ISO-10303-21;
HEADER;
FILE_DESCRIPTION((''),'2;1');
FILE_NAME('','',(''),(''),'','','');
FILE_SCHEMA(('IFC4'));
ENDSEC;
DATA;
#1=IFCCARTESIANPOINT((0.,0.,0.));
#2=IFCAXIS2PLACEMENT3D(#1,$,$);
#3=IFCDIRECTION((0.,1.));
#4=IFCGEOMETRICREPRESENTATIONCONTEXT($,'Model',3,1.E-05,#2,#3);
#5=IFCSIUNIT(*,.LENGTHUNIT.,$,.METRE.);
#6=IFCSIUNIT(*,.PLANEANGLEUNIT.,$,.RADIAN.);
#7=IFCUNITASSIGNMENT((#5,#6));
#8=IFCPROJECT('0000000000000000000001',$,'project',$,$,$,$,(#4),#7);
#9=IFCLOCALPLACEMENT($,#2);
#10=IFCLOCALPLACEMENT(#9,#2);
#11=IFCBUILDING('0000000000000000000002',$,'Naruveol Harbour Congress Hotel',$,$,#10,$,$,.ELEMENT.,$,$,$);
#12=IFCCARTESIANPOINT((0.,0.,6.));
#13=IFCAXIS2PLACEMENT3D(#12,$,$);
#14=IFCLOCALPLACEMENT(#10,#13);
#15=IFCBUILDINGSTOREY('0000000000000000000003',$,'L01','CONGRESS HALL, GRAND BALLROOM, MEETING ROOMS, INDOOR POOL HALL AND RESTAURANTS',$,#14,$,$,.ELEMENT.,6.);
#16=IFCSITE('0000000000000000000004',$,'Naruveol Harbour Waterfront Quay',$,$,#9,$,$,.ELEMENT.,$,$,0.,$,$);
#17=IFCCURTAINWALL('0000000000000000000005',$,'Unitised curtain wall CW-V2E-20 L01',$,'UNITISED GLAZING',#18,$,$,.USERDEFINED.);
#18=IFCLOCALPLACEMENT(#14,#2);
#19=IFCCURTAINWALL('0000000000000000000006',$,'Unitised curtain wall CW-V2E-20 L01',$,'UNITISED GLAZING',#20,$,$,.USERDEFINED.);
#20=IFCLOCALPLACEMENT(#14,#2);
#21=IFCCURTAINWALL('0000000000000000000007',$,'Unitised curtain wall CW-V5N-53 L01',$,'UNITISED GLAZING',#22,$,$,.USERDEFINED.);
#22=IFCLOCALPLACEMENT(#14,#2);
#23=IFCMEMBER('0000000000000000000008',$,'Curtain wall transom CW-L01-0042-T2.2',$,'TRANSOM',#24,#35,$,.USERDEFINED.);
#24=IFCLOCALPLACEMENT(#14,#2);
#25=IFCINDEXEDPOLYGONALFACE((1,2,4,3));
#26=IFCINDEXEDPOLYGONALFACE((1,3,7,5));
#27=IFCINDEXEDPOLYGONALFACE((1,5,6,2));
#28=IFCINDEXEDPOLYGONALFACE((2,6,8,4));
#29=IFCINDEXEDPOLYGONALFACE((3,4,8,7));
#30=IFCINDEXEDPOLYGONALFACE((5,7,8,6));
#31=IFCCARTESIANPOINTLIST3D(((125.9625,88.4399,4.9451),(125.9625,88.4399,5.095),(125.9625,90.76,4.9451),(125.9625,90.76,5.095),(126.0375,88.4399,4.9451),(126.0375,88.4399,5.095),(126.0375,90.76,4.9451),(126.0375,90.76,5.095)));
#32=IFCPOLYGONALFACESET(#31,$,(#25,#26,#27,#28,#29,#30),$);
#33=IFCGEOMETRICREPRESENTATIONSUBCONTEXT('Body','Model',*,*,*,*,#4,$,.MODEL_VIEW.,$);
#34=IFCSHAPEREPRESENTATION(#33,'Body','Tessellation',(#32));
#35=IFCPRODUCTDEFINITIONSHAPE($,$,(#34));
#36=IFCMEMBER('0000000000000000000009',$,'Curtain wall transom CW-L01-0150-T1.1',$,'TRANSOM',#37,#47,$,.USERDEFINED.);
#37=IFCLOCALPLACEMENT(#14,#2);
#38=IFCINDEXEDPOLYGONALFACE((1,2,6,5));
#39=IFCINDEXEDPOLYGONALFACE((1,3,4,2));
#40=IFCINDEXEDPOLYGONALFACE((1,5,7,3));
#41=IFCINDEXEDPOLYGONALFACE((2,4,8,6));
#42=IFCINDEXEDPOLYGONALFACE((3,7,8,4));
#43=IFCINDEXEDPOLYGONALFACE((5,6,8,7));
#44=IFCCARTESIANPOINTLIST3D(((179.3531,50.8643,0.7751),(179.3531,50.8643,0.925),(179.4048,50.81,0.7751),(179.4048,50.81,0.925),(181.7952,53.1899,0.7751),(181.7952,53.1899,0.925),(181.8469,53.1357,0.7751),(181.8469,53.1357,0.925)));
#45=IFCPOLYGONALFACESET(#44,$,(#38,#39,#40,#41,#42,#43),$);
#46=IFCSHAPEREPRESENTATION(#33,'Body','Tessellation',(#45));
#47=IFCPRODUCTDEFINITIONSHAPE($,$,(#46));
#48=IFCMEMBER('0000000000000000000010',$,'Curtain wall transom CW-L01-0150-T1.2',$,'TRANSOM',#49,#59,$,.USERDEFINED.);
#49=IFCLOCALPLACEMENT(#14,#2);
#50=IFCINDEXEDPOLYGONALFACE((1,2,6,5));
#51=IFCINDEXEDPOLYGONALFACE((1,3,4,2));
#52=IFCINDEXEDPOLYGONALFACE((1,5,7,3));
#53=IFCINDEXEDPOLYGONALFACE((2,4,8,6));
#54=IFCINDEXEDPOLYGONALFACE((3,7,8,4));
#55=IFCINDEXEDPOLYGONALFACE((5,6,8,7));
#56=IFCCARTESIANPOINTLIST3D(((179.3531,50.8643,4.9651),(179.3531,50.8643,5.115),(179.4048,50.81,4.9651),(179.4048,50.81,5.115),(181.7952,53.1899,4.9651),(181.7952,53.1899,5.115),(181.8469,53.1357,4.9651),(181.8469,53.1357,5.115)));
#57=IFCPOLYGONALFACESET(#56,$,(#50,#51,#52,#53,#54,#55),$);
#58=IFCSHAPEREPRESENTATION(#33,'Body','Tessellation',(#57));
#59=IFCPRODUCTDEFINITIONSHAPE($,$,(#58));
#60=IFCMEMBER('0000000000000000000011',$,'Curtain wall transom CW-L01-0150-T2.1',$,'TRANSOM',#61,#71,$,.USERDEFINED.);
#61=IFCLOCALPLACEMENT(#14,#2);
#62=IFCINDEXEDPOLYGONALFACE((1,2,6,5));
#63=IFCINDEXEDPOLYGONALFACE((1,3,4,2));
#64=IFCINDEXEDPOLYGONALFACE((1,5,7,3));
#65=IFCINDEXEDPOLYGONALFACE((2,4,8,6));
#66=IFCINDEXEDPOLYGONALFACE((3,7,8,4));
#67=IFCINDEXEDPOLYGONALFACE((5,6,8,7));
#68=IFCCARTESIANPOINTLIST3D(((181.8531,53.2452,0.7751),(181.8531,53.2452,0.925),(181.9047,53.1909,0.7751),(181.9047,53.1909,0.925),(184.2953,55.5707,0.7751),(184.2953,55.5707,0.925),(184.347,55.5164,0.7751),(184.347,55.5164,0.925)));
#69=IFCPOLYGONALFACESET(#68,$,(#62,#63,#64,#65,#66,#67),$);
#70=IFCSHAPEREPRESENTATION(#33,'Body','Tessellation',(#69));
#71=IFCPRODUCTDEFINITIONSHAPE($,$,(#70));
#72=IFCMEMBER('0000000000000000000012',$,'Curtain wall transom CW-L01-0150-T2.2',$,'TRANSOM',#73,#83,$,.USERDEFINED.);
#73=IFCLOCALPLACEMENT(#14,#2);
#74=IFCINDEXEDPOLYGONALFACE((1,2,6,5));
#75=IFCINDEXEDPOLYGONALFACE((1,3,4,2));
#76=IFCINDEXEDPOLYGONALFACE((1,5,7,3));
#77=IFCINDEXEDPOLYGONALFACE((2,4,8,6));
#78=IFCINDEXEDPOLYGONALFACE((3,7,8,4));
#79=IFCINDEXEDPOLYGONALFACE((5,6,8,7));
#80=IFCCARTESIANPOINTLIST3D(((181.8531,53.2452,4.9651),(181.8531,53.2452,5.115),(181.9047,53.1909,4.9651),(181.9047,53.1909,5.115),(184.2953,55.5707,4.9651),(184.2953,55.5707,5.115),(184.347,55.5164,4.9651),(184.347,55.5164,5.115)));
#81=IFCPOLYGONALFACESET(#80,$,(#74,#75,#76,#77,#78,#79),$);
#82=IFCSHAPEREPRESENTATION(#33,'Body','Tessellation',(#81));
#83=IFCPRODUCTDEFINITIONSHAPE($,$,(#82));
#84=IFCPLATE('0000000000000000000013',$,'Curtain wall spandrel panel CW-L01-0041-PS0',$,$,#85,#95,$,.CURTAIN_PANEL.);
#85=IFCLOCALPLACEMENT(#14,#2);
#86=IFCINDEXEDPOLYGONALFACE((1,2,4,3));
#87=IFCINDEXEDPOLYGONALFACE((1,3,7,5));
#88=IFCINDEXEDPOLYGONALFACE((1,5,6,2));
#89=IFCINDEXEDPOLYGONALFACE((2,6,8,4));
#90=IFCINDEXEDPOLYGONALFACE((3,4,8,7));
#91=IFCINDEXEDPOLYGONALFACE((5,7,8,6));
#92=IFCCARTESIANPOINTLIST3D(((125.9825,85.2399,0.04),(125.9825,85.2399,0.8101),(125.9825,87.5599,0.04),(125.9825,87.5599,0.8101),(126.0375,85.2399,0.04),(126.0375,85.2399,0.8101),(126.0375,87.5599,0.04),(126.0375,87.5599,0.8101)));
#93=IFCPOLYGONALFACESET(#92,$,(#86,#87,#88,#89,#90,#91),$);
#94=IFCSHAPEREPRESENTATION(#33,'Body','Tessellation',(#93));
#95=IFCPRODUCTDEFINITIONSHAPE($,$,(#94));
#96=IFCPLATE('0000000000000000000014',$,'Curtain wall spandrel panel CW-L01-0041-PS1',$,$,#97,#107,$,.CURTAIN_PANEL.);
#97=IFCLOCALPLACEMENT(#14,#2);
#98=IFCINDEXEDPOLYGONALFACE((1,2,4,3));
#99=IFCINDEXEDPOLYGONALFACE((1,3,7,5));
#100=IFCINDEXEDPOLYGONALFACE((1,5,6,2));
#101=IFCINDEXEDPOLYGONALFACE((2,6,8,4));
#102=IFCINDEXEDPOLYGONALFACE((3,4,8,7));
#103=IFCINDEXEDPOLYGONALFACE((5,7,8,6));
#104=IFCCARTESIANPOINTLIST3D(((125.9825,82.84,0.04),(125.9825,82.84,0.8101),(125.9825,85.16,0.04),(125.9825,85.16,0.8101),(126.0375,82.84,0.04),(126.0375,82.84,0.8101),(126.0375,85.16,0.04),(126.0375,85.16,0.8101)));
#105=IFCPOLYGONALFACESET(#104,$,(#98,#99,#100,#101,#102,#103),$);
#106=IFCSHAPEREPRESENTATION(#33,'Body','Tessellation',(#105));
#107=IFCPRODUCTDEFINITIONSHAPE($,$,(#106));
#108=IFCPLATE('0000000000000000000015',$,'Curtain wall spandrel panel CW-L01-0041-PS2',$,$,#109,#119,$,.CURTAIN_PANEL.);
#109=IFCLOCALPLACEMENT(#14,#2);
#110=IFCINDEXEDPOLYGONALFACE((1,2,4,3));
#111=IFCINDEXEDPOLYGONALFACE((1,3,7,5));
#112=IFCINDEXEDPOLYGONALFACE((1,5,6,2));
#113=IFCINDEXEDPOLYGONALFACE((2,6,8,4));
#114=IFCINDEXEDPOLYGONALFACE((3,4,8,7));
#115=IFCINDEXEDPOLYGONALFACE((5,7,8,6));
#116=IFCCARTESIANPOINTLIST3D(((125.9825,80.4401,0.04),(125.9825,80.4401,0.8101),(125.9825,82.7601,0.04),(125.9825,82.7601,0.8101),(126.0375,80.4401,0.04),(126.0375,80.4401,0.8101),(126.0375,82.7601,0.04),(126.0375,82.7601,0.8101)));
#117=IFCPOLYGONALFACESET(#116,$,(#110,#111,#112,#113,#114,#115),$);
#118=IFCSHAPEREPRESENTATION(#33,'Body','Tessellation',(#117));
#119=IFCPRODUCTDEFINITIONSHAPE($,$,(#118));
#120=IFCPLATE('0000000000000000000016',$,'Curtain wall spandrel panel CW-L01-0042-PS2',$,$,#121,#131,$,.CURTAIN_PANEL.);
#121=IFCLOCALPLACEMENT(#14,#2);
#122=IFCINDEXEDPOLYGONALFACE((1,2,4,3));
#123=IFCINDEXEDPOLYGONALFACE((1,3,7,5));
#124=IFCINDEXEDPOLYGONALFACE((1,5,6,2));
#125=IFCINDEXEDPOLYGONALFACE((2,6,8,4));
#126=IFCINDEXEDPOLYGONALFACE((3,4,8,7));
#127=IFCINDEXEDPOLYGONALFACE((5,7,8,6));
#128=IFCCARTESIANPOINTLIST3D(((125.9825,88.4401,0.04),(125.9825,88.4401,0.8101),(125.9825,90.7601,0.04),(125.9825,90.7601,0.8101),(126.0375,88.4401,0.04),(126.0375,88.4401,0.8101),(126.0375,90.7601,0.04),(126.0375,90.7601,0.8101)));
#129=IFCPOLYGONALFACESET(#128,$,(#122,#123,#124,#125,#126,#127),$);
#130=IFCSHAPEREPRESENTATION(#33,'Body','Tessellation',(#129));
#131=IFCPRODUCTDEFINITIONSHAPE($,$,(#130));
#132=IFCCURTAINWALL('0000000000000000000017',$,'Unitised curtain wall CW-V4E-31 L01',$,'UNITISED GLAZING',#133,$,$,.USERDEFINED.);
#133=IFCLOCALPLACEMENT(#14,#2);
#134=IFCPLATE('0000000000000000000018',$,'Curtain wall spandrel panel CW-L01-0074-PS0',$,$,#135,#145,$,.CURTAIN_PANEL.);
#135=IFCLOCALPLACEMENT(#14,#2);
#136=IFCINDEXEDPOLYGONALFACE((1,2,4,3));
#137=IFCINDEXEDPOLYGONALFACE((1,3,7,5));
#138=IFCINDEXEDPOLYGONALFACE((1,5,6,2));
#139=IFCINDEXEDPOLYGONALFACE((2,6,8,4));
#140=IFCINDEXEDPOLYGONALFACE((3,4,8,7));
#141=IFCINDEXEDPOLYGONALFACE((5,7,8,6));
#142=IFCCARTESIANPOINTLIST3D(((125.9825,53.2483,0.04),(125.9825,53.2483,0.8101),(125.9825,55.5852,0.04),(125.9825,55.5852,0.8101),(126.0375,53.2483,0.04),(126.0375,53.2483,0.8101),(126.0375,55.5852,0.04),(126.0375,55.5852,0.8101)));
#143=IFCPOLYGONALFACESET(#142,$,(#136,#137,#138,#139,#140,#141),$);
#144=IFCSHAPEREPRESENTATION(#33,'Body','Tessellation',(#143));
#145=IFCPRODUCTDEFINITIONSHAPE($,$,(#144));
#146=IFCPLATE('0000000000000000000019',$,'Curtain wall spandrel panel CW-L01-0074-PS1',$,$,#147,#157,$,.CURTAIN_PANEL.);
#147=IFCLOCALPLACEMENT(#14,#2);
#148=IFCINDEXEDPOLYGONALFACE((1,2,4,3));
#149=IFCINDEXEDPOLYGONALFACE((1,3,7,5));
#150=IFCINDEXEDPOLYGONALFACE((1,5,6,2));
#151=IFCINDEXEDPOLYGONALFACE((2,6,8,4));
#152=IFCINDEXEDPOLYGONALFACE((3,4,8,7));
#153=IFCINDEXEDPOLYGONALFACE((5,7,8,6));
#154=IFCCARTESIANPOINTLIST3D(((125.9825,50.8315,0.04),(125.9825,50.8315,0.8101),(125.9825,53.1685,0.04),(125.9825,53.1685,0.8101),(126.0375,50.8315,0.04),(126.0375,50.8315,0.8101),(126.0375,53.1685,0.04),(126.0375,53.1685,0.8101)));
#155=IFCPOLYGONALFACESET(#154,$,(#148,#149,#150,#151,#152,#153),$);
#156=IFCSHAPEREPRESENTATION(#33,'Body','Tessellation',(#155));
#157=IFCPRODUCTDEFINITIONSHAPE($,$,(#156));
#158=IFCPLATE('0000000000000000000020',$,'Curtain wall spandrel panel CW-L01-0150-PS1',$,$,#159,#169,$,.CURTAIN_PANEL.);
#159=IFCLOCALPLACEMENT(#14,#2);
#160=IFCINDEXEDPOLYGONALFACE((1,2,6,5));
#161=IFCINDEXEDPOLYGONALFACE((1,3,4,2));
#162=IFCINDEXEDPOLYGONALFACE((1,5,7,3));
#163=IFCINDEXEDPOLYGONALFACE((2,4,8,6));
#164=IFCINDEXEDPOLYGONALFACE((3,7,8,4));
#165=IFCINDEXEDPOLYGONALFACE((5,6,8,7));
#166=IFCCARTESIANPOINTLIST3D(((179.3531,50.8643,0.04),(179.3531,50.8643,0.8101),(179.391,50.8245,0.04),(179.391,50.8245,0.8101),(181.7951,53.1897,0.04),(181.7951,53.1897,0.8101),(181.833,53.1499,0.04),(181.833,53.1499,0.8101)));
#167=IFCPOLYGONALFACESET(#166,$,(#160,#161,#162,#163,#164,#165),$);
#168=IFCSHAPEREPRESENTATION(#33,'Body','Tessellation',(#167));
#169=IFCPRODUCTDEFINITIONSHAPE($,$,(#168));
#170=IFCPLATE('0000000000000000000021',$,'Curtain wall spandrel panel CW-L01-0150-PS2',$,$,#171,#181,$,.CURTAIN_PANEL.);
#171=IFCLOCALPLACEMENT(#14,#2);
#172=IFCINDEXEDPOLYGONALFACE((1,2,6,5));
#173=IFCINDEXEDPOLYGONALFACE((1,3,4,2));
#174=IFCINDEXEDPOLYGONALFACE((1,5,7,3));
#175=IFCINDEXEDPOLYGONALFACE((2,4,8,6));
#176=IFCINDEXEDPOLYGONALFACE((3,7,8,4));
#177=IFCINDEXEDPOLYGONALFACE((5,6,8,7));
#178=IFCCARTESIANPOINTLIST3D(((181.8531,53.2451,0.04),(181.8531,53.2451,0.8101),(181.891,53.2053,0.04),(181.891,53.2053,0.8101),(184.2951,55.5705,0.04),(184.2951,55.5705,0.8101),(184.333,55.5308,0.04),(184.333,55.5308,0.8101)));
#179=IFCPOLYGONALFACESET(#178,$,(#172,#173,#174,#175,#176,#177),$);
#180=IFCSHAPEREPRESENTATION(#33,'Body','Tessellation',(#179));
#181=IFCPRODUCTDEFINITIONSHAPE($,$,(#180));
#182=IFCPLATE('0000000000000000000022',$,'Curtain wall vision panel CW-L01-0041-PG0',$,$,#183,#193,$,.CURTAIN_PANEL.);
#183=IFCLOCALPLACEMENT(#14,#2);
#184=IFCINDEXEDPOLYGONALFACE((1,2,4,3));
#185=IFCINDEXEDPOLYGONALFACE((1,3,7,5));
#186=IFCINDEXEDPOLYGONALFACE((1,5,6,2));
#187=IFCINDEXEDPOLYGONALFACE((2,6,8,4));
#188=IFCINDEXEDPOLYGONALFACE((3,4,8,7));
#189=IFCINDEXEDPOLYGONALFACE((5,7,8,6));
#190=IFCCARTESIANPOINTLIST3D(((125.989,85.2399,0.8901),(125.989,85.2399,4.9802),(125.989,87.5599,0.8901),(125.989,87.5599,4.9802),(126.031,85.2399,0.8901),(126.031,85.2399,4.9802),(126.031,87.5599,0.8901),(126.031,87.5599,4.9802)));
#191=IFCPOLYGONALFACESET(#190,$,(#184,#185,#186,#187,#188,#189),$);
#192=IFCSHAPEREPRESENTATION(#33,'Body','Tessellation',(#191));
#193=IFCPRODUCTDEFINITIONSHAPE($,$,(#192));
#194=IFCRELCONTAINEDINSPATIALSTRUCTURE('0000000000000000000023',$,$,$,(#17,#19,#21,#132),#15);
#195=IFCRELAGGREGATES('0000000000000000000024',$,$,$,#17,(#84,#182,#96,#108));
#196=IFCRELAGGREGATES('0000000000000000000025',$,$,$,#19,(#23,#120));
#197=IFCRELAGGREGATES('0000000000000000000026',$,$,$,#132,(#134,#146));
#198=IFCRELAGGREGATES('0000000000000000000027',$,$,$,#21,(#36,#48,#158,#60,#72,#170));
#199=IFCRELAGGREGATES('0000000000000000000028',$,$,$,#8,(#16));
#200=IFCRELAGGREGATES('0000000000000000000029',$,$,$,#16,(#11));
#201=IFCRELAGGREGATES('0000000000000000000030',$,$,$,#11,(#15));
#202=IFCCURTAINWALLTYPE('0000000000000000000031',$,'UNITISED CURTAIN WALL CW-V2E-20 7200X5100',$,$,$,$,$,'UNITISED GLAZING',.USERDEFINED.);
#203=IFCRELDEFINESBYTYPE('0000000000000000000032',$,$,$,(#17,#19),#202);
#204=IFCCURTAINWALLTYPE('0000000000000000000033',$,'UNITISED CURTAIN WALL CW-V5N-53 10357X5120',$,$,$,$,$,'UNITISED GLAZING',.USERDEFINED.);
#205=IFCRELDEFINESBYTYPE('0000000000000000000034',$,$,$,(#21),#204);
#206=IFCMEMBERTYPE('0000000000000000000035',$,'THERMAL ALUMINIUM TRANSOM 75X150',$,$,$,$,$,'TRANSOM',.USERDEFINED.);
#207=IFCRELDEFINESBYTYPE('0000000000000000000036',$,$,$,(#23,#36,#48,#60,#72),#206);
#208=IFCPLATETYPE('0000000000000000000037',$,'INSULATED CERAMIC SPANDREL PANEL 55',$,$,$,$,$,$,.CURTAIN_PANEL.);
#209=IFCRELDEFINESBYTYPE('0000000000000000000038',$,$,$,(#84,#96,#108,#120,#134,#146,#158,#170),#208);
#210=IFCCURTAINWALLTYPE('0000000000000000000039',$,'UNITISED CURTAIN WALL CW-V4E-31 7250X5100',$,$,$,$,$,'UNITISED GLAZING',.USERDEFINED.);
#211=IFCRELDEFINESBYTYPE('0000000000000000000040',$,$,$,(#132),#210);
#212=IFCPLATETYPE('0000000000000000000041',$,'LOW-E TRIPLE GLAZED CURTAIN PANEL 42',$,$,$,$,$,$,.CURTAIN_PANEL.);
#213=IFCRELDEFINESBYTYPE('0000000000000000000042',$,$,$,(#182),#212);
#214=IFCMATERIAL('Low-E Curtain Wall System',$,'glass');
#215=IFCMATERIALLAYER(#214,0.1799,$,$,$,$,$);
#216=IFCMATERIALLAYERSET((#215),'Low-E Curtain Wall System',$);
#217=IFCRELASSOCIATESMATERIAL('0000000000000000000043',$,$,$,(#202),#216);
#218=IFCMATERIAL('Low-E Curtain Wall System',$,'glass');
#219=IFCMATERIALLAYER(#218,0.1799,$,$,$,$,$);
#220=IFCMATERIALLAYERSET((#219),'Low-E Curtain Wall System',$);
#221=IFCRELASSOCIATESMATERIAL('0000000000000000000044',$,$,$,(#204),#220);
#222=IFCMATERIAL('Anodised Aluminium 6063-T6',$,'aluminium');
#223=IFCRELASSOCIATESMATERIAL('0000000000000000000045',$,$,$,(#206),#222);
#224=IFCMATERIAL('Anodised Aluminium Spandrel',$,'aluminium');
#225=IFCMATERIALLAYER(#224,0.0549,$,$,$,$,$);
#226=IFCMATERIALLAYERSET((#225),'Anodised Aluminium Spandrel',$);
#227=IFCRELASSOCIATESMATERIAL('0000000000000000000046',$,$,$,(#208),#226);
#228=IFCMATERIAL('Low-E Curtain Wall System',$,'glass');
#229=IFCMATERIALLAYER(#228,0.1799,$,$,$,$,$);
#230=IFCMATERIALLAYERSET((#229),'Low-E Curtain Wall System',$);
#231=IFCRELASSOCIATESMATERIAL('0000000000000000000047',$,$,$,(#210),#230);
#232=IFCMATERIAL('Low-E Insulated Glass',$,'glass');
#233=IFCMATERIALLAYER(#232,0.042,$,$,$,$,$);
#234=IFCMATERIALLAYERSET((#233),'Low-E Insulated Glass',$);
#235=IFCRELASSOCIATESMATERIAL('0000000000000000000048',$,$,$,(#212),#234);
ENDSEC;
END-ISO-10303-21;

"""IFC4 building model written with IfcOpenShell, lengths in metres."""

from ifc_helpers import new_model, si_unit, direction, frame, origin, origin_2d, place, context, subcontext, project, spatial, rectangle, extrude, material, layer, layer_set, material_profile, profile_set, type_object, element, aggregate, save


model = new_model("IFC4")

# Units and contexts
model_context = context("Model", 3, precision=1e-05, world=origin(), true_north=direction((0.0, 1.0)))
body_context = subcontext(model_context, "Body", "Model", "MODEL_VIEW")
ifc_project = project(units=[si_unit("LENGTHUNIT", "METRE"), si_unit("PLANEANGLEUNIT", "RADIAN")], contexts=[model_context])

# Site, building, storey
site_placement = place(None, origin())
site = spatial("IfcSite", under=ifc_project, at=site_placement, Name="Naruveol Harbour Waterfront Quay", CompositionType="ELEMENT", RefElevation=0.0)
building_placement = place(site_placement, origin())
building = spatial("IfcBuilding", under=site, at=building_placement, Name="Naruveol Harbour Congress Hotel", CompositionType="ELEMENT")
storey_placement = place(building_placement, frame((0.0, 0.0, 6.0)))
storey = spatial("IfcBuildingStorey", under=building, at=storey_placement, Name="L01", Description="CONGRESS HALL, GRAND BALLROOM, MEETING ROOMS, INDOOR POOL HALL AND RESTAURANTS", CompositionType="ELEMENT", Elevation=6.0)

# Curtain walls
ifc_material_1 = material(Name="Low-E Curtain Wall System", Category="glass")
ifc_layer_1 = layer(ifc_material_1, 0.1799)
ifc_layer_set_1 = layer_set([ifc_layer_1], Name="Low-E Curtain Wall System")
curtain_wall_type_1 = type_object("IfcCurtainWallType", Name="UNITISED CURTAIN WALL CW-V2E-20 7200X5100", ElementType="UNITISED GLAZING", PredefinedType="USERDEFINED", material=ifc_layer_set_1)
curtain_wall_1_placement = place(storey_placement, origin())
curtain_wall_1 = element("IfcCurtainWall", 1, at=curtain_wall_1_placement, inside=storey, type_object=curtain_wall_type_1, Name="Unitised curtain wall CW-V2E-20 L01", ObjectType="UNITISED GLAZING", PredefinedType="USERDEFINED")
curtain_wall_2_placement = place(storey_placement, origin())
curtain_wall_2 = element("IfcCurtainWall", 2, at=curtain_wall_2_placement, inside=storey, type_object=curtain_wall_type_1, Name="Unitised curtain wall CW-V2E-20 L01", ObjectType="UNITISED GLAZING", PredefinedType="USERDEFINED")

# Curtain wall
ifc_material_2 = material(Name="Low-E Curtain Wall System", Category="glass")
ifc_layer_2 = layer(ifc_material_2, 0.1799)
ifc_layer_set_2 = layer_set([ifc_layer_2], Name="Low-E Curtain Wall System")
curtain_wall_type_2 = type_object("IfcCurtainWallType", Name="UNITISED CURTAIN WALL CW-V5N-53 10357X5120", ElementType="UNITISED GLAZING", PredefinedType="USERDEFINED", material=ifc_layer_set_2)
curtain_wall_3_placement = place(storey_placement, origin())
curtain_wall_3 = element("IfcCurtainWall", 3, at=curtain_wall_3_placement, inside=storey, type_object=curtain_wall_type_2, Name="Unitised curtain wall CW-V5N-53 L01", ObjectType="UNITISED GLAZING", PredefinedType="USERDEFINED")

# Members
ifc_material_3 = material(Name="Anodised Aluminium 6063-T6", Category="aluminium")
ifc_material_profile_1 = material_profile(ifc_material_3, rectangle(XDim=0.075, YDim=0.1499, at=origin_2d()), Name="ALU-75x150")
ifc_profile_set_1 = profile_set([ifc_material_profile_1], Name="Anodised Aluminium 6063-T6")
member_type_1 = type_object("IfcMemberType", Name="THERMAL ALUMINIUM TRANSOM 75X150", ElementType="TRANSOM", PredefinedType="USERDEFINED", material=ifc_profile_set_1)
member_1_placement = place(storey_placement, frame((126.0, 90.76, 5.02), z_axis=(0.0, -1.0, 0.0), x_axis=(1.0, 0.0, 0.0)))
member_1 = element("IfcMember", 4, at=member_1_placement, type_object=member_type_1, Name="Curtain wall transom CW-L01-0042-T2.2", ObjectType="TRANSOM", PredefinedType="USERDEFINED", context=body_context, shape_type="SweptSolid", body=[
    extrude(rectangle(XDim=0.075, YDim=0.1499, at=origin_2d()), origin(), (0.0, 0.0, 1.0), 2.3201),
])
member_2_placement = place(storey_placement, frame((179.3789, 50.8372, 0.8501), z_axis=(0.724162, 0.68963, 0.0), x_axis=(-0.68963, 0.724162, 0.0)))
member_2 = element("IfcMember", 5, at=member_2_placement, type_object=member_type_1, Name="Curtain wall transom CW-L01-0150-T1.1", ObjectType="TRANSOM", PredefinedType="USERDEFINED", context=body_context, shape_type="SweptSolid", body=[
    extrude(rectangle(XDim=0.075, YDim=0.1499, at=origin_2d()), origin(), (0.0, 0.0, 1.0), 3.3723),
])
member_3_placement = place(storey_placement, frame((179.3789, 50.8372, 5.04), z_axis=(0.724162, 0.68963, 0.0), x_axis=(-0.68963, 0.724162, 0.0)))
member_3 = element("IfcMember", 6, at=member_3_placement, type_object=member_type_1, Name="Curtain wall transom CW-L01-0150-T1.2", ObjectType="TRANSOM", PredefinedType="USERDEFINED", context=body_context, shape_type="SweptSolid", body=[
    extrude(rectangle(XDim=0.075, YDim=0.1499, at=origin_2d()), origin(), (0.0, 0.0, 1.0), 3.3723),
])
member_4_placement = place(storey_placement, frame((181.8789, 53.218, 0.8501), z_axis=(0.724198, 0.689592, 0.0), x_axis=(-0.689592, 0.724198, 0.0)))
member_4 = element("IfcMember", 7, at=member_4_placement, type_object=member_type_1, Name="Curtain wall transom CW-L01-0150-T2.1", ObjectType="TRANSOM", PredefinedType="USERDEFINED", context=body_context, shape_type="SweptSolid", body=[
    extrude(rectangle(XDim=0.075, YDim=0.1499, at=origin_2d()), origin(), (0.0, 0.0, 1.0), 3.3723),
])
member_5_placement = place(storey_placement, frame((181.8789, 53.218, 5.04), z_axis=(0.724198, 0.689592, 0.0), x_axis=(-0.689592, 0.724198, 0.0)))
member_5 = element("IfcMember", 8, at=member_5_placement, type_object=member_type_1, Name="Curtain wall transom CW-L01-0150-T2.2", ObjectType="TRANSOM", PredefinedType="USERDEFINED", context=body_context, shape_type="SweptSolid", body=[
    extrude(rectangle(XDim=0.075, YDim=0.1499, at=origin_2d()), origin(), (0.0, 0.0, 1.0), 3.3723),
])

# Plates
ifc_material_4 = material(Name="Anodised Aluminium Spandrel", Category="aluminium")
ifc_layer_3 = layer(ifc_material_4, 0.0549)
ifc_layer_set_3 = layer_set([ifc_layer_3], Name="Anodised Aluminium Spandrel")
plate_type_1 = type_object("IfcPlateType", Name="INSULATED CERAMIC SPANDREL PANEL 55", PredefinedType="CURTAIN_PANEL", material=ifc_layer_set_3)
plate_1_placement = place(storey_placement, frame((126.01, 86.3999, 0.04), z_axis=(0.0, 0.0, 1.0), x_axis=(0.0, -1.0, 0.0)))
plate_1 = element("IfcPlate", 9, at=plate_1_placement, type_object=plate_type_1, Name="Curtain wall spandrel panel CW-L01-0041-PS0", PredefinedType="CURTAIN_PANEL", context=body_context, shape_type="SweptSolid", body=[
    extrude(rectangle(XDim=2.3201, YDim=0.0549, at=origin_2d()), origin(), (0.0, 0.0, 1.0), 0.77),
])
plate_2_placement = place(storey_placement, frame((126.01, 84.0, 0.04), z_axis=(0.0, 0.0, 1.0), x_axis=(0.0, -1.0, 0.0)))
plate_2 = element("IfcPlate", 10, at=plate_2_placement, type_object=plate_type_1, Name="Curtain wall spandrel panel CW-L01-0041-PS1", PredefinedType="CURTAIN_PANEL", context=body_context, shape_type="SweptSolid", body=[
    extrude(rectangle(XDim=2.3201, YDim=0.0549, at=origin_2d()), origin(), (0.0, 0.0, 1.0), 0.77),
])
plate_3_placement = place(storey_placement, frame((126.01, 81.6001, 0.04), z_axis=(0.0, 0.0, 1.0), x_axis=(0.0, -1.0, 0.0)))
plate_3 = element("IfcPlate", 11, at=plate_3_placement, type_object=plate_type_1, Name="Curtain wall spandrel panel CW-L01-0041-PS2", PredefinedType="CURTAIN_PANEL", context=body_context, shape_type="SweptSolid", body=[
    extrude(rectangle(XDim=2.3201, YDim=0.0549, at=origin_2d()), origin(), (0.0, 0.0, 1.0), 0.77),
])
plate_4_placement = place(storey_placement, frame((126.01, 89.6001, 0.04), z_axis=(0.0, 0.0, 1.0), x_axis=(0.0, -1.0, 0.0)))
plate_4 = element("IfcPlate", 12, at=plate_4_placement, type_object=plate_type_1, Name="Curtain wall spandrel panel CW-L01-0042-PS2", PredefinedType="CURTAIN_PANEL", context=body_context, shape_type="SweptSolid", body=[
    extrude(rectangle(XDim=2.3201, YDim=0.0549, at=origin_2d()), origin(), (0.0, 0.0, 1.0), 0.77),
])

# Curtain wall, plates
ifc_material_5 = material(Name="Low-E Curtain Wall System", Category="glass")
ifc_layer_4 = layer(ifc_material_5, 0.1799)
ifc_layer_set_4 = layer_set([ifc_layer_4], Name="Low-E Curtain Wall System")
curtain_wall_type_3 = type_object("IfcCurtainWallType", Name="UNITISED CURTAIN WALL CW-V4E-31 7250X5100", ElementType="UNITISED GLAZING", PredefinedType="USERDEFINED", material=ifc_layer_set_4)
curtain_wall_4_placement = place(storey_placement, origin())
curtain_wall_4 = element("IfcCurtainWall", 13, at=curtain_wall_4_placement, inside=storey, type_object=curtain_wall_type_3, Name="Unitised curtain wall CW-V4E-31 L01", ObjectType="UNITISED GLAZING", PredefinedType="USERDEFINED")
plate_5_placement = place(storey_placement, frame((126.01, 54.4167, 0.04), z_axis=(0.0, 0.0, 1.0), x_axis=(0.0, -1.0, 0.0)))
plate_5 = element("IfcPlate", 14, at=plate_5_placement, type_object=plate_type_1, Name="Curtain wall spandrel panel CW-L01-0074-PS0", PredefinedType="CURTAIN_PANEL", context=body_context, shape_type="SweptSolid", body=[
    extrude(rectangle(XDim=2.3369, YDim=0.0549, at=origin_2d()), origin(), (0.0, 0.0, 1.0), 0.77),
])
plate_6_placement = place(storey_placement, frame((126.01, 52.0, 0.04), z_axis=(0.0, 0.0, 1.0), x_axis=(0.0, -1.0, 0.0)))
plate_6 = element("IfcPlate", 15, at=plate_6_placement, type_object=plate_type_1, Name="Curtain wall spandrel panel CW-L01-0074-PS1", PredefinedType="CURTAIN_PANEL", context=body_context, shape_type="SweptSolid", body=[
    extrude(rectangle(XDim=2.3369, YDim=0.0549, at=origin_2d()), origin(), (0.0, 0.0, 1.0), 0.77),
])

# Plates
plate_7_placement = place(storey_placement, frame((180.593, 52.0071, 0.04), z_axis=(0.0, 0.0, 1.0), x_axis=(0.724184, 0.689607, 0.0)))
plate_7 = element("IfcPlate", 16, at=plate_7_placement, type_object=plate_type_1, Name="Curtain wall spandrel panel CW-L01-0150-PS1", PredefinedType="CURTAIN_PANEL", context=body_context, shape_type="SweptSolid", body=[
    extrude(rectangle(XDim=3.3721, YDim=0.0549, at=origin_2d()), origin(), (0.0, 0.0, 1.0), 0.77),
])
plate_8_placement = place(storey_placement, frame((183.093, 54.3879, 0.04), z_axis=(0.0, 0.0, 1.0), x_axis=(0.724184, 0.689607, 0.0)))
plate_8 = element("IfcPlate", 17, at=plate_8_placement, type_object=plate_type_1, Name="Curtain wall spandrel panel CW-L01-0150-PS2", PredefinedType="CURTAIN_PANEL", context=body_context, shape_type="SweptSolid", body=[
    extrude(rectangle(XDim=3.3721, YDim=0.0549, at=origin_2d()), origin(), (0.0, 0.0, 1.0), 0.77),
])
ifc_material_6 = material(Name="Low-E Insulated Glass", Category="glass")
ifc_layer_5 = layer(ifc_material_6, 0.042)
ifc_layer_set_5 = layer_set([ifc_layer_5], Name="Low-E Insulated Glass")
plate_type_2 = type_object("IfcPlateType", Name="LOW-E TRIPLE GLAZED CURTAIN PANEL 42", PredefinedType="CURTAIN_PANEL", material=ifc_layer_set_5)
plate_9_placement = place(storey_placement, frame((126.01, 86.3999, 0.8901), z_axis=(0.0, 0.0, 1.0), x_axis=(0.0, -1.0, 0.0)))
plate_9 = element("IfcPlate", 18, at=plate_9_placement, type_object=plate_type_2, Name="Curtain wall vision panel CW-L01-0041-PG0", PredefinedType="CURTAIN_PANEL", context=body_context, shape_type="SweptSolid", body=[
    extrude(rectangle(XDim=2.3201, YDim=0.042, at=origin_2d()), origin(), (0.0, 0.0, 1.0), 4.0901),
])
aggregate(curtain_wall_1, [plate_1, plate_9, plate_2, plate_3])
aggregate(curtain_wall_2, [member_1, plate_4])
aggregate(curtain_wall_4, [plate_5, plate_6])
aggregate(curtain_wall_3, [member_2, member_3, plate_7, member_4, member_5, plate_8])

save(model, "model.ifc")
